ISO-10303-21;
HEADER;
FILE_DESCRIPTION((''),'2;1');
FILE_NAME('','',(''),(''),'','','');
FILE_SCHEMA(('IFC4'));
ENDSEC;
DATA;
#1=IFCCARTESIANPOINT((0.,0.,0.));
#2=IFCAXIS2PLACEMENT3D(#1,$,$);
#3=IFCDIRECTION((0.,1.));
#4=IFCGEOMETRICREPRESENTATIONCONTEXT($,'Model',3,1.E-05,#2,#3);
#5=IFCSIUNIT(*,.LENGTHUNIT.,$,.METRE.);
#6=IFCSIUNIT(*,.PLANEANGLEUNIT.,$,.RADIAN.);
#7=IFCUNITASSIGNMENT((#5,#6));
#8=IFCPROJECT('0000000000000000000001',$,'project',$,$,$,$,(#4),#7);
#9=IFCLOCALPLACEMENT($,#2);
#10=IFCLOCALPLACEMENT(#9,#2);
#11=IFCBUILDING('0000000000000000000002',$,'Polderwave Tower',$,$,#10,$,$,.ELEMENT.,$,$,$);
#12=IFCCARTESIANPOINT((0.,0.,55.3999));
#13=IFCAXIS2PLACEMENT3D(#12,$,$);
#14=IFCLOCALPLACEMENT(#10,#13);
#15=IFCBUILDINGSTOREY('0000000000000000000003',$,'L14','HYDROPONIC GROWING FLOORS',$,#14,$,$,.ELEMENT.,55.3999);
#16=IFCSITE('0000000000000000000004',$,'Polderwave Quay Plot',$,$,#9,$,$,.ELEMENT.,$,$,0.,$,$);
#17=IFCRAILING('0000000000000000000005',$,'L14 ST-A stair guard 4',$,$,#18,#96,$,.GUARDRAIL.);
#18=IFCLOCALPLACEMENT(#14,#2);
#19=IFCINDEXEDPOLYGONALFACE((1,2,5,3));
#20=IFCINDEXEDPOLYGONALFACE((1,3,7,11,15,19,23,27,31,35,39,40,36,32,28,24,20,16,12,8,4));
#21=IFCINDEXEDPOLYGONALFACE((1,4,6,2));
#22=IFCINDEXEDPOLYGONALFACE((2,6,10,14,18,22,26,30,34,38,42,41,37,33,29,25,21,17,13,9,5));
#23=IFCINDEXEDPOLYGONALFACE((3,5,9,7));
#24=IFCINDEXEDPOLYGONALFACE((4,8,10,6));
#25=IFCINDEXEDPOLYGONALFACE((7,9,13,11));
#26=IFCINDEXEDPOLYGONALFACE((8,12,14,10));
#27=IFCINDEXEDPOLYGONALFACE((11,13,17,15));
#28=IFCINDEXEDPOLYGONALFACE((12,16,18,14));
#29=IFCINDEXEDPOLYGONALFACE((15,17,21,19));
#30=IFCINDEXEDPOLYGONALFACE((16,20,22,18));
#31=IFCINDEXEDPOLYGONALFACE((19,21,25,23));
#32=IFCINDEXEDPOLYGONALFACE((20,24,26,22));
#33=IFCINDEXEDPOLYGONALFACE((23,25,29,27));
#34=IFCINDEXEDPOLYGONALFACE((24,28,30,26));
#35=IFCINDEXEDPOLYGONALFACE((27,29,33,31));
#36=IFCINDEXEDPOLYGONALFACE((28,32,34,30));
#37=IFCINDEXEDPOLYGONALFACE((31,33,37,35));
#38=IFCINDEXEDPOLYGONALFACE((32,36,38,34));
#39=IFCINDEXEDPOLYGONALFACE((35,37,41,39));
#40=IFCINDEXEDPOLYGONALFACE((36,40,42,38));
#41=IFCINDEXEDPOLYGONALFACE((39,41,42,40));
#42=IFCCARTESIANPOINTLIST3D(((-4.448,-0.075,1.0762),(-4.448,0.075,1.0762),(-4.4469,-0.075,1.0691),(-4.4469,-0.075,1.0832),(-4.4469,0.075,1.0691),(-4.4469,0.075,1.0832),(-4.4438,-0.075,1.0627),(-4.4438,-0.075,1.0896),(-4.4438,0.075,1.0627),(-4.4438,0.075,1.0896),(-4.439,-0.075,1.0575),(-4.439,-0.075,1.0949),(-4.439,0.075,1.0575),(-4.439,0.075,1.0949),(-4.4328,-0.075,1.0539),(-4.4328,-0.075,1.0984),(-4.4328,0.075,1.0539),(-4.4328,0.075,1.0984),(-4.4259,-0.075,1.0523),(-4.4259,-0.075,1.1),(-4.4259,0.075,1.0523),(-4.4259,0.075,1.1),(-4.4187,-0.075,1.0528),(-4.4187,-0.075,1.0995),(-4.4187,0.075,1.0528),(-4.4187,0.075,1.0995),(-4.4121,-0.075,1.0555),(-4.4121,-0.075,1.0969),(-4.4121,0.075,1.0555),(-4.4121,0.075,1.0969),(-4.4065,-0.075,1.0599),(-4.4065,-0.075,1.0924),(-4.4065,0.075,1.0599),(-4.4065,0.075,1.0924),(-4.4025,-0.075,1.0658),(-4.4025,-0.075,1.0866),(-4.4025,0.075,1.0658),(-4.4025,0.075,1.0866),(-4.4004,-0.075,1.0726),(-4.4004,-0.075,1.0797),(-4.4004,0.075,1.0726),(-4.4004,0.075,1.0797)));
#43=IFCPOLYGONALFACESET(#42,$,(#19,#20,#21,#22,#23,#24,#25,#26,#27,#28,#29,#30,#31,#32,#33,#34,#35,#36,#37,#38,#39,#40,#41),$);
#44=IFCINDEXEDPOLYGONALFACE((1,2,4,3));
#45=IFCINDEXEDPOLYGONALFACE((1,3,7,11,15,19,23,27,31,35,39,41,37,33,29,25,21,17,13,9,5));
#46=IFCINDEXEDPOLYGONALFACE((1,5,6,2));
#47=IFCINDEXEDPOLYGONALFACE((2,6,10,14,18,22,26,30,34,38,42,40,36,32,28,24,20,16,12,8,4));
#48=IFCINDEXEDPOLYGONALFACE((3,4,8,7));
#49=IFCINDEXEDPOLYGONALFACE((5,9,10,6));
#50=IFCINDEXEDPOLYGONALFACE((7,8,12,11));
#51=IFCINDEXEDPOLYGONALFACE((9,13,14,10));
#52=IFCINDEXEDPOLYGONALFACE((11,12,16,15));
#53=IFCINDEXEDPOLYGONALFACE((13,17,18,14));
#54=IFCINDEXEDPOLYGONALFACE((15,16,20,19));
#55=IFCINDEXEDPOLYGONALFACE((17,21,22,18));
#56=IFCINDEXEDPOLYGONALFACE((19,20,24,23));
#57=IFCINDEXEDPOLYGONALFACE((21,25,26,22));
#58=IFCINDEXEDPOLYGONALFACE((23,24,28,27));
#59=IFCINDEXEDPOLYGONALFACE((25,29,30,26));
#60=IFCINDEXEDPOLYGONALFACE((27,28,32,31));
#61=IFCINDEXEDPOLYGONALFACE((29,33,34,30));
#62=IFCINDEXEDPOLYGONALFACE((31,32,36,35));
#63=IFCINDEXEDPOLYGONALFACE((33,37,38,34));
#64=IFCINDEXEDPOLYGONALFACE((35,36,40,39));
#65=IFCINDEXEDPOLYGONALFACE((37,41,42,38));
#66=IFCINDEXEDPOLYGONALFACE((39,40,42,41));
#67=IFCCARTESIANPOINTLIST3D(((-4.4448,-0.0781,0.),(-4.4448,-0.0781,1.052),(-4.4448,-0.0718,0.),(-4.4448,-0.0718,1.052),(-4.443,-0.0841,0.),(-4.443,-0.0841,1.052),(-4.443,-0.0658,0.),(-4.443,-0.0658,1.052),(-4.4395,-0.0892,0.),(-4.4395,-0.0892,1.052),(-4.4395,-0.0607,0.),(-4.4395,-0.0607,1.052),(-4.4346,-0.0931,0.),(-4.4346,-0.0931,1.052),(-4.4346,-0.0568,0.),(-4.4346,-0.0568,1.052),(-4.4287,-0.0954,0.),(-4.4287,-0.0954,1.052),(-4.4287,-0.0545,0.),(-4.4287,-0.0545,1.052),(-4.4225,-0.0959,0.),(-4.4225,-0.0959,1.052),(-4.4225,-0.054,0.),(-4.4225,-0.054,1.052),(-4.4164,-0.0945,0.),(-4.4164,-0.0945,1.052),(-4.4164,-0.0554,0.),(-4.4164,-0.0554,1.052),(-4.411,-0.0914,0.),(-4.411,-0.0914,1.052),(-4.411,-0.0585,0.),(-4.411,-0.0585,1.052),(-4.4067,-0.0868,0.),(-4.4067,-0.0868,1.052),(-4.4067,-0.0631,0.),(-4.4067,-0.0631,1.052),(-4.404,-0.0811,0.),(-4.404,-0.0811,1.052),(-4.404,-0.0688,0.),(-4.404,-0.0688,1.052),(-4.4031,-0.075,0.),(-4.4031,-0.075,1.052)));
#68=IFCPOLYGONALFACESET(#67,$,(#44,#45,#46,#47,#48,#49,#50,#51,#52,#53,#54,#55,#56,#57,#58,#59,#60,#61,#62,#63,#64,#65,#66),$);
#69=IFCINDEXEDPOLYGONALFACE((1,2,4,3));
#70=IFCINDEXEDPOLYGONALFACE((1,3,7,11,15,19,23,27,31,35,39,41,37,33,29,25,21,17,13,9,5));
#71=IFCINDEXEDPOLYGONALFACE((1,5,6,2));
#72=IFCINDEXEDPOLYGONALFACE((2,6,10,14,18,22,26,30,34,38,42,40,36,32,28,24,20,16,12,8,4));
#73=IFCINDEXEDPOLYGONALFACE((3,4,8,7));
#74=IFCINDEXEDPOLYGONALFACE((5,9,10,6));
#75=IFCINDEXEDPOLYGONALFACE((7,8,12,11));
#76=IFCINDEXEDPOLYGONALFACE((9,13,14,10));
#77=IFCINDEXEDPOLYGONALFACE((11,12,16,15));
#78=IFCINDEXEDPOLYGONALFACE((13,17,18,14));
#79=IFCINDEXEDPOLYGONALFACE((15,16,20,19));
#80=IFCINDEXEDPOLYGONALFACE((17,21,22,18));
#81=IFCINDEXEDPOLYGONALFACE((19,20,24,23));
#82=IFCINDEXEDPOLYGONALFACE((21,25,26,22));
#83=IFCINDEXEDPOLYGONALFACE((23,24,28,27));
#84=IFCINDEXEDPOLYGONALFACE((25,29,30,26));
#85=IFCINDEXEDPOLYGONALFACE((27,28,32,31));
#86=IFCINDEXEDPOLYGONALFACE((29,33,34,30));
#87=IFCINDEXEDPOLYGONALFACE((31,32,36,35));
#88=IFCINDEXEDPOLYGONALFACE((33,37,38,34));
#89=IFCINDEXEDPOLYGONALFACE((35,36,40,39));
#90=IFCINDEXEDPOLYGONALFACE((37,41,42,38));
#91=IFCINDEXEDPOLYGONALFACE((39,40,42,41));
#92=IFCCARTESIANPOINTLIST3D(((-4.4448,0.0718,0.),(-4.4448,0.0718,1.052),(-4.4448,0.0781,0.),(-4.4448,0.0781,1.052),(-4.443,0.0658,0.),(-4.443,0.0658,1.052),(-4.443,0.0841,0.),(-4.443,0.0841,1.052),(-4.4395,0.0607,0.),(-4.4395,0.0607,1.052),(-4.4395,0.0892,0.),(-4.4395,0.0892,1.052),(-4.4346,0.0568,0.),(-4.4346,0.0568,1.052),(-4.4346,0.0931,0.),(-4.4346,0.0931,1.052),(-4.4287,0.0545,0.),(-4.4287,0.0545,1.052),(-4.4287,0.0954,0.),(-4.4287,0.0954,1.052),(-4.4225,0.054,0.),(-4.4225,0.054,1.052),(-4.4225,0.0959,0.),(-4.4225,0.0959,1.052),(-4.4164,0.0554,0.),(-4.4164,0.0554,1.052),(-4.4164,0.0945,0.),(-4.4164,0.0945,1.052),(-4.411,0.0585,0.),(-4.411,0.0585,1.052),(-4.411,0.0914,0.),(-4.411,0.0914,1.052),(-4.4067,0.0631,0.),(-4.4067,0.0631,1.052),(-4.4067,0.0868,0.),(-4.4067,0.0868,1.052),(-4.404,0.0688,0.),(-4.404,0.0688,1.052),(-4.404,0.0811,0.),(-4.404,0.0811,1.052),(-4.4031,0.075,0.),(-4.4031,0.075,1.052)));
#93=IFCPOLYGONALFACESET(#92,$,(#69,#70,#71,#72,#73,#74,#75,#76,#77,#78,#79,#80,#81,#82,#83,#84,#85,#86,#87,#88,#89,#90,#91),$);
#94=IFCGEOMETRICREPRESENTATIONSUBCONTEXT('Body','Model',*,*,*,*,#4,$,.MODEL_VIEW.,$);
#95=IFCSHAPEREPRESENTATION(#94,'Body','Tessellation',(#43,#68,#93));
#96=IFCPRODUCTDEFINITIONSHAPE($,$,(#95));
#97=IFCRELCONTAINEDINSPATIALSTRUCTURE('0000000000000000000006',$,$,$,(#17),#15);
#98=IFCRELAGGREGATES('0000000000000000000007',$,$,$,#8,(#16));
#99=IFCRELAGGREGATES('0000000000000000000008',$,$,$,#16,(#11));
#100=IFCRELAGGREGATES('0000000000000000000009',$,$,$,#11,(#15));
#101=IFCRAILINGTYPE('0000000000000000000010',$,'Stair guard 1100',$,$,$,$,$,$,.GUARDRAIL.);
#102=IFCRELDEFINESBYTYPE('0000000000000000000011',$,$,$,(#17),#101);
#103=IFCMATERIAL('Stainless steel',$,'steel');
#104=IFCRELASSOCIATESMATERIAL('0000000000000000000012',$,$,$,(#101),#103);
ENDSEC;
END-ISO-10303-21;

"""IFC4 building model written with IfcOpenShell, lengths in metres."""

from ifc_helpers import new_model, si_unit, direction, frame, origin, origin_2d, place, context, subcontext, project, spatial, circle, extrude, material, type_object, element, save


model = new_model("IFC4")

# Units and contexts
model_context = context("Model", 3, precision=1e-05, world=origin(), true_north=direction((0.0, 1.0)))
body_context = subcontext(model_context, "Body", "Model", "MODEL_VIEW")
ifc_project = project(units=[si_unit("LENGTHUNIT", "METRE"), si_unit("PLANEANGLEUNIT", "RADIAN")], contexts=[model_context])

# Site, building, storey
site_placement = place(None, origin())
site = spatial("IfcSite", under=ifc_project, at=site_placement, Name="Polderwave Quay Plot", CompositionType="ELEMENT", RefElevation=0.0)
building_placement = place(site_placement, origin())
building = spatial("IfcBuilding", under=site, at=building_placement, Name="Polderwave Tower", CompositionType="ELEMENT")
storey_placement = place(building_placement, frame((0.0, 0.0, 55.3999)))
storey = spatial("IfcBuildingStorey", under=building, at=storey_placement, Name="L14", Description="HYDROPONIC GROWING FLOORS", CompositionType="ELEMENT", Elevation=55.3999)

# Shared definitions
ifc_material_1 = material(Name="Stainless steel", Category="steel")

# Railing
railing_type_1 = type_object("IfcRailingType", Name="Stair guard 1100", PredefinedType="GUARDRAIL", material=ifc_material_1)
railing_1_placement = place(storey_placement, frame((-4.4241, -0.075, 0.0)))
element("IfcRailing", 1, at=railing_1_placement, inside=storey, type_object=railing_type_1, Name="L14 ST-A stair guard 4", PredefinedType="GUARDRAIL", context=body_context, shape_type="SweptSolid", body=[
    extrude(circle(Radius=0.0239, at=origin_2d()), frame((0.0, 0.0, 1.0762), z_axis=(0.0, 1.0, 0.0), x_axis=(-1.0, 0.0, 0.0)), (0.0, 0.0, 1.0), 0.1499),
    extrude(circle(Radius=0.021, at=origin_2d()), origin(), (0.0, 0.0, 1.0), 1.052),
    extrude(circle(Radius=0.021, at=origin_2d()), frame((0.0, 0.1499, 0.0)), (0.0, 0.0, 1.0), 1.052),
])

save(model, "model.ifc")
